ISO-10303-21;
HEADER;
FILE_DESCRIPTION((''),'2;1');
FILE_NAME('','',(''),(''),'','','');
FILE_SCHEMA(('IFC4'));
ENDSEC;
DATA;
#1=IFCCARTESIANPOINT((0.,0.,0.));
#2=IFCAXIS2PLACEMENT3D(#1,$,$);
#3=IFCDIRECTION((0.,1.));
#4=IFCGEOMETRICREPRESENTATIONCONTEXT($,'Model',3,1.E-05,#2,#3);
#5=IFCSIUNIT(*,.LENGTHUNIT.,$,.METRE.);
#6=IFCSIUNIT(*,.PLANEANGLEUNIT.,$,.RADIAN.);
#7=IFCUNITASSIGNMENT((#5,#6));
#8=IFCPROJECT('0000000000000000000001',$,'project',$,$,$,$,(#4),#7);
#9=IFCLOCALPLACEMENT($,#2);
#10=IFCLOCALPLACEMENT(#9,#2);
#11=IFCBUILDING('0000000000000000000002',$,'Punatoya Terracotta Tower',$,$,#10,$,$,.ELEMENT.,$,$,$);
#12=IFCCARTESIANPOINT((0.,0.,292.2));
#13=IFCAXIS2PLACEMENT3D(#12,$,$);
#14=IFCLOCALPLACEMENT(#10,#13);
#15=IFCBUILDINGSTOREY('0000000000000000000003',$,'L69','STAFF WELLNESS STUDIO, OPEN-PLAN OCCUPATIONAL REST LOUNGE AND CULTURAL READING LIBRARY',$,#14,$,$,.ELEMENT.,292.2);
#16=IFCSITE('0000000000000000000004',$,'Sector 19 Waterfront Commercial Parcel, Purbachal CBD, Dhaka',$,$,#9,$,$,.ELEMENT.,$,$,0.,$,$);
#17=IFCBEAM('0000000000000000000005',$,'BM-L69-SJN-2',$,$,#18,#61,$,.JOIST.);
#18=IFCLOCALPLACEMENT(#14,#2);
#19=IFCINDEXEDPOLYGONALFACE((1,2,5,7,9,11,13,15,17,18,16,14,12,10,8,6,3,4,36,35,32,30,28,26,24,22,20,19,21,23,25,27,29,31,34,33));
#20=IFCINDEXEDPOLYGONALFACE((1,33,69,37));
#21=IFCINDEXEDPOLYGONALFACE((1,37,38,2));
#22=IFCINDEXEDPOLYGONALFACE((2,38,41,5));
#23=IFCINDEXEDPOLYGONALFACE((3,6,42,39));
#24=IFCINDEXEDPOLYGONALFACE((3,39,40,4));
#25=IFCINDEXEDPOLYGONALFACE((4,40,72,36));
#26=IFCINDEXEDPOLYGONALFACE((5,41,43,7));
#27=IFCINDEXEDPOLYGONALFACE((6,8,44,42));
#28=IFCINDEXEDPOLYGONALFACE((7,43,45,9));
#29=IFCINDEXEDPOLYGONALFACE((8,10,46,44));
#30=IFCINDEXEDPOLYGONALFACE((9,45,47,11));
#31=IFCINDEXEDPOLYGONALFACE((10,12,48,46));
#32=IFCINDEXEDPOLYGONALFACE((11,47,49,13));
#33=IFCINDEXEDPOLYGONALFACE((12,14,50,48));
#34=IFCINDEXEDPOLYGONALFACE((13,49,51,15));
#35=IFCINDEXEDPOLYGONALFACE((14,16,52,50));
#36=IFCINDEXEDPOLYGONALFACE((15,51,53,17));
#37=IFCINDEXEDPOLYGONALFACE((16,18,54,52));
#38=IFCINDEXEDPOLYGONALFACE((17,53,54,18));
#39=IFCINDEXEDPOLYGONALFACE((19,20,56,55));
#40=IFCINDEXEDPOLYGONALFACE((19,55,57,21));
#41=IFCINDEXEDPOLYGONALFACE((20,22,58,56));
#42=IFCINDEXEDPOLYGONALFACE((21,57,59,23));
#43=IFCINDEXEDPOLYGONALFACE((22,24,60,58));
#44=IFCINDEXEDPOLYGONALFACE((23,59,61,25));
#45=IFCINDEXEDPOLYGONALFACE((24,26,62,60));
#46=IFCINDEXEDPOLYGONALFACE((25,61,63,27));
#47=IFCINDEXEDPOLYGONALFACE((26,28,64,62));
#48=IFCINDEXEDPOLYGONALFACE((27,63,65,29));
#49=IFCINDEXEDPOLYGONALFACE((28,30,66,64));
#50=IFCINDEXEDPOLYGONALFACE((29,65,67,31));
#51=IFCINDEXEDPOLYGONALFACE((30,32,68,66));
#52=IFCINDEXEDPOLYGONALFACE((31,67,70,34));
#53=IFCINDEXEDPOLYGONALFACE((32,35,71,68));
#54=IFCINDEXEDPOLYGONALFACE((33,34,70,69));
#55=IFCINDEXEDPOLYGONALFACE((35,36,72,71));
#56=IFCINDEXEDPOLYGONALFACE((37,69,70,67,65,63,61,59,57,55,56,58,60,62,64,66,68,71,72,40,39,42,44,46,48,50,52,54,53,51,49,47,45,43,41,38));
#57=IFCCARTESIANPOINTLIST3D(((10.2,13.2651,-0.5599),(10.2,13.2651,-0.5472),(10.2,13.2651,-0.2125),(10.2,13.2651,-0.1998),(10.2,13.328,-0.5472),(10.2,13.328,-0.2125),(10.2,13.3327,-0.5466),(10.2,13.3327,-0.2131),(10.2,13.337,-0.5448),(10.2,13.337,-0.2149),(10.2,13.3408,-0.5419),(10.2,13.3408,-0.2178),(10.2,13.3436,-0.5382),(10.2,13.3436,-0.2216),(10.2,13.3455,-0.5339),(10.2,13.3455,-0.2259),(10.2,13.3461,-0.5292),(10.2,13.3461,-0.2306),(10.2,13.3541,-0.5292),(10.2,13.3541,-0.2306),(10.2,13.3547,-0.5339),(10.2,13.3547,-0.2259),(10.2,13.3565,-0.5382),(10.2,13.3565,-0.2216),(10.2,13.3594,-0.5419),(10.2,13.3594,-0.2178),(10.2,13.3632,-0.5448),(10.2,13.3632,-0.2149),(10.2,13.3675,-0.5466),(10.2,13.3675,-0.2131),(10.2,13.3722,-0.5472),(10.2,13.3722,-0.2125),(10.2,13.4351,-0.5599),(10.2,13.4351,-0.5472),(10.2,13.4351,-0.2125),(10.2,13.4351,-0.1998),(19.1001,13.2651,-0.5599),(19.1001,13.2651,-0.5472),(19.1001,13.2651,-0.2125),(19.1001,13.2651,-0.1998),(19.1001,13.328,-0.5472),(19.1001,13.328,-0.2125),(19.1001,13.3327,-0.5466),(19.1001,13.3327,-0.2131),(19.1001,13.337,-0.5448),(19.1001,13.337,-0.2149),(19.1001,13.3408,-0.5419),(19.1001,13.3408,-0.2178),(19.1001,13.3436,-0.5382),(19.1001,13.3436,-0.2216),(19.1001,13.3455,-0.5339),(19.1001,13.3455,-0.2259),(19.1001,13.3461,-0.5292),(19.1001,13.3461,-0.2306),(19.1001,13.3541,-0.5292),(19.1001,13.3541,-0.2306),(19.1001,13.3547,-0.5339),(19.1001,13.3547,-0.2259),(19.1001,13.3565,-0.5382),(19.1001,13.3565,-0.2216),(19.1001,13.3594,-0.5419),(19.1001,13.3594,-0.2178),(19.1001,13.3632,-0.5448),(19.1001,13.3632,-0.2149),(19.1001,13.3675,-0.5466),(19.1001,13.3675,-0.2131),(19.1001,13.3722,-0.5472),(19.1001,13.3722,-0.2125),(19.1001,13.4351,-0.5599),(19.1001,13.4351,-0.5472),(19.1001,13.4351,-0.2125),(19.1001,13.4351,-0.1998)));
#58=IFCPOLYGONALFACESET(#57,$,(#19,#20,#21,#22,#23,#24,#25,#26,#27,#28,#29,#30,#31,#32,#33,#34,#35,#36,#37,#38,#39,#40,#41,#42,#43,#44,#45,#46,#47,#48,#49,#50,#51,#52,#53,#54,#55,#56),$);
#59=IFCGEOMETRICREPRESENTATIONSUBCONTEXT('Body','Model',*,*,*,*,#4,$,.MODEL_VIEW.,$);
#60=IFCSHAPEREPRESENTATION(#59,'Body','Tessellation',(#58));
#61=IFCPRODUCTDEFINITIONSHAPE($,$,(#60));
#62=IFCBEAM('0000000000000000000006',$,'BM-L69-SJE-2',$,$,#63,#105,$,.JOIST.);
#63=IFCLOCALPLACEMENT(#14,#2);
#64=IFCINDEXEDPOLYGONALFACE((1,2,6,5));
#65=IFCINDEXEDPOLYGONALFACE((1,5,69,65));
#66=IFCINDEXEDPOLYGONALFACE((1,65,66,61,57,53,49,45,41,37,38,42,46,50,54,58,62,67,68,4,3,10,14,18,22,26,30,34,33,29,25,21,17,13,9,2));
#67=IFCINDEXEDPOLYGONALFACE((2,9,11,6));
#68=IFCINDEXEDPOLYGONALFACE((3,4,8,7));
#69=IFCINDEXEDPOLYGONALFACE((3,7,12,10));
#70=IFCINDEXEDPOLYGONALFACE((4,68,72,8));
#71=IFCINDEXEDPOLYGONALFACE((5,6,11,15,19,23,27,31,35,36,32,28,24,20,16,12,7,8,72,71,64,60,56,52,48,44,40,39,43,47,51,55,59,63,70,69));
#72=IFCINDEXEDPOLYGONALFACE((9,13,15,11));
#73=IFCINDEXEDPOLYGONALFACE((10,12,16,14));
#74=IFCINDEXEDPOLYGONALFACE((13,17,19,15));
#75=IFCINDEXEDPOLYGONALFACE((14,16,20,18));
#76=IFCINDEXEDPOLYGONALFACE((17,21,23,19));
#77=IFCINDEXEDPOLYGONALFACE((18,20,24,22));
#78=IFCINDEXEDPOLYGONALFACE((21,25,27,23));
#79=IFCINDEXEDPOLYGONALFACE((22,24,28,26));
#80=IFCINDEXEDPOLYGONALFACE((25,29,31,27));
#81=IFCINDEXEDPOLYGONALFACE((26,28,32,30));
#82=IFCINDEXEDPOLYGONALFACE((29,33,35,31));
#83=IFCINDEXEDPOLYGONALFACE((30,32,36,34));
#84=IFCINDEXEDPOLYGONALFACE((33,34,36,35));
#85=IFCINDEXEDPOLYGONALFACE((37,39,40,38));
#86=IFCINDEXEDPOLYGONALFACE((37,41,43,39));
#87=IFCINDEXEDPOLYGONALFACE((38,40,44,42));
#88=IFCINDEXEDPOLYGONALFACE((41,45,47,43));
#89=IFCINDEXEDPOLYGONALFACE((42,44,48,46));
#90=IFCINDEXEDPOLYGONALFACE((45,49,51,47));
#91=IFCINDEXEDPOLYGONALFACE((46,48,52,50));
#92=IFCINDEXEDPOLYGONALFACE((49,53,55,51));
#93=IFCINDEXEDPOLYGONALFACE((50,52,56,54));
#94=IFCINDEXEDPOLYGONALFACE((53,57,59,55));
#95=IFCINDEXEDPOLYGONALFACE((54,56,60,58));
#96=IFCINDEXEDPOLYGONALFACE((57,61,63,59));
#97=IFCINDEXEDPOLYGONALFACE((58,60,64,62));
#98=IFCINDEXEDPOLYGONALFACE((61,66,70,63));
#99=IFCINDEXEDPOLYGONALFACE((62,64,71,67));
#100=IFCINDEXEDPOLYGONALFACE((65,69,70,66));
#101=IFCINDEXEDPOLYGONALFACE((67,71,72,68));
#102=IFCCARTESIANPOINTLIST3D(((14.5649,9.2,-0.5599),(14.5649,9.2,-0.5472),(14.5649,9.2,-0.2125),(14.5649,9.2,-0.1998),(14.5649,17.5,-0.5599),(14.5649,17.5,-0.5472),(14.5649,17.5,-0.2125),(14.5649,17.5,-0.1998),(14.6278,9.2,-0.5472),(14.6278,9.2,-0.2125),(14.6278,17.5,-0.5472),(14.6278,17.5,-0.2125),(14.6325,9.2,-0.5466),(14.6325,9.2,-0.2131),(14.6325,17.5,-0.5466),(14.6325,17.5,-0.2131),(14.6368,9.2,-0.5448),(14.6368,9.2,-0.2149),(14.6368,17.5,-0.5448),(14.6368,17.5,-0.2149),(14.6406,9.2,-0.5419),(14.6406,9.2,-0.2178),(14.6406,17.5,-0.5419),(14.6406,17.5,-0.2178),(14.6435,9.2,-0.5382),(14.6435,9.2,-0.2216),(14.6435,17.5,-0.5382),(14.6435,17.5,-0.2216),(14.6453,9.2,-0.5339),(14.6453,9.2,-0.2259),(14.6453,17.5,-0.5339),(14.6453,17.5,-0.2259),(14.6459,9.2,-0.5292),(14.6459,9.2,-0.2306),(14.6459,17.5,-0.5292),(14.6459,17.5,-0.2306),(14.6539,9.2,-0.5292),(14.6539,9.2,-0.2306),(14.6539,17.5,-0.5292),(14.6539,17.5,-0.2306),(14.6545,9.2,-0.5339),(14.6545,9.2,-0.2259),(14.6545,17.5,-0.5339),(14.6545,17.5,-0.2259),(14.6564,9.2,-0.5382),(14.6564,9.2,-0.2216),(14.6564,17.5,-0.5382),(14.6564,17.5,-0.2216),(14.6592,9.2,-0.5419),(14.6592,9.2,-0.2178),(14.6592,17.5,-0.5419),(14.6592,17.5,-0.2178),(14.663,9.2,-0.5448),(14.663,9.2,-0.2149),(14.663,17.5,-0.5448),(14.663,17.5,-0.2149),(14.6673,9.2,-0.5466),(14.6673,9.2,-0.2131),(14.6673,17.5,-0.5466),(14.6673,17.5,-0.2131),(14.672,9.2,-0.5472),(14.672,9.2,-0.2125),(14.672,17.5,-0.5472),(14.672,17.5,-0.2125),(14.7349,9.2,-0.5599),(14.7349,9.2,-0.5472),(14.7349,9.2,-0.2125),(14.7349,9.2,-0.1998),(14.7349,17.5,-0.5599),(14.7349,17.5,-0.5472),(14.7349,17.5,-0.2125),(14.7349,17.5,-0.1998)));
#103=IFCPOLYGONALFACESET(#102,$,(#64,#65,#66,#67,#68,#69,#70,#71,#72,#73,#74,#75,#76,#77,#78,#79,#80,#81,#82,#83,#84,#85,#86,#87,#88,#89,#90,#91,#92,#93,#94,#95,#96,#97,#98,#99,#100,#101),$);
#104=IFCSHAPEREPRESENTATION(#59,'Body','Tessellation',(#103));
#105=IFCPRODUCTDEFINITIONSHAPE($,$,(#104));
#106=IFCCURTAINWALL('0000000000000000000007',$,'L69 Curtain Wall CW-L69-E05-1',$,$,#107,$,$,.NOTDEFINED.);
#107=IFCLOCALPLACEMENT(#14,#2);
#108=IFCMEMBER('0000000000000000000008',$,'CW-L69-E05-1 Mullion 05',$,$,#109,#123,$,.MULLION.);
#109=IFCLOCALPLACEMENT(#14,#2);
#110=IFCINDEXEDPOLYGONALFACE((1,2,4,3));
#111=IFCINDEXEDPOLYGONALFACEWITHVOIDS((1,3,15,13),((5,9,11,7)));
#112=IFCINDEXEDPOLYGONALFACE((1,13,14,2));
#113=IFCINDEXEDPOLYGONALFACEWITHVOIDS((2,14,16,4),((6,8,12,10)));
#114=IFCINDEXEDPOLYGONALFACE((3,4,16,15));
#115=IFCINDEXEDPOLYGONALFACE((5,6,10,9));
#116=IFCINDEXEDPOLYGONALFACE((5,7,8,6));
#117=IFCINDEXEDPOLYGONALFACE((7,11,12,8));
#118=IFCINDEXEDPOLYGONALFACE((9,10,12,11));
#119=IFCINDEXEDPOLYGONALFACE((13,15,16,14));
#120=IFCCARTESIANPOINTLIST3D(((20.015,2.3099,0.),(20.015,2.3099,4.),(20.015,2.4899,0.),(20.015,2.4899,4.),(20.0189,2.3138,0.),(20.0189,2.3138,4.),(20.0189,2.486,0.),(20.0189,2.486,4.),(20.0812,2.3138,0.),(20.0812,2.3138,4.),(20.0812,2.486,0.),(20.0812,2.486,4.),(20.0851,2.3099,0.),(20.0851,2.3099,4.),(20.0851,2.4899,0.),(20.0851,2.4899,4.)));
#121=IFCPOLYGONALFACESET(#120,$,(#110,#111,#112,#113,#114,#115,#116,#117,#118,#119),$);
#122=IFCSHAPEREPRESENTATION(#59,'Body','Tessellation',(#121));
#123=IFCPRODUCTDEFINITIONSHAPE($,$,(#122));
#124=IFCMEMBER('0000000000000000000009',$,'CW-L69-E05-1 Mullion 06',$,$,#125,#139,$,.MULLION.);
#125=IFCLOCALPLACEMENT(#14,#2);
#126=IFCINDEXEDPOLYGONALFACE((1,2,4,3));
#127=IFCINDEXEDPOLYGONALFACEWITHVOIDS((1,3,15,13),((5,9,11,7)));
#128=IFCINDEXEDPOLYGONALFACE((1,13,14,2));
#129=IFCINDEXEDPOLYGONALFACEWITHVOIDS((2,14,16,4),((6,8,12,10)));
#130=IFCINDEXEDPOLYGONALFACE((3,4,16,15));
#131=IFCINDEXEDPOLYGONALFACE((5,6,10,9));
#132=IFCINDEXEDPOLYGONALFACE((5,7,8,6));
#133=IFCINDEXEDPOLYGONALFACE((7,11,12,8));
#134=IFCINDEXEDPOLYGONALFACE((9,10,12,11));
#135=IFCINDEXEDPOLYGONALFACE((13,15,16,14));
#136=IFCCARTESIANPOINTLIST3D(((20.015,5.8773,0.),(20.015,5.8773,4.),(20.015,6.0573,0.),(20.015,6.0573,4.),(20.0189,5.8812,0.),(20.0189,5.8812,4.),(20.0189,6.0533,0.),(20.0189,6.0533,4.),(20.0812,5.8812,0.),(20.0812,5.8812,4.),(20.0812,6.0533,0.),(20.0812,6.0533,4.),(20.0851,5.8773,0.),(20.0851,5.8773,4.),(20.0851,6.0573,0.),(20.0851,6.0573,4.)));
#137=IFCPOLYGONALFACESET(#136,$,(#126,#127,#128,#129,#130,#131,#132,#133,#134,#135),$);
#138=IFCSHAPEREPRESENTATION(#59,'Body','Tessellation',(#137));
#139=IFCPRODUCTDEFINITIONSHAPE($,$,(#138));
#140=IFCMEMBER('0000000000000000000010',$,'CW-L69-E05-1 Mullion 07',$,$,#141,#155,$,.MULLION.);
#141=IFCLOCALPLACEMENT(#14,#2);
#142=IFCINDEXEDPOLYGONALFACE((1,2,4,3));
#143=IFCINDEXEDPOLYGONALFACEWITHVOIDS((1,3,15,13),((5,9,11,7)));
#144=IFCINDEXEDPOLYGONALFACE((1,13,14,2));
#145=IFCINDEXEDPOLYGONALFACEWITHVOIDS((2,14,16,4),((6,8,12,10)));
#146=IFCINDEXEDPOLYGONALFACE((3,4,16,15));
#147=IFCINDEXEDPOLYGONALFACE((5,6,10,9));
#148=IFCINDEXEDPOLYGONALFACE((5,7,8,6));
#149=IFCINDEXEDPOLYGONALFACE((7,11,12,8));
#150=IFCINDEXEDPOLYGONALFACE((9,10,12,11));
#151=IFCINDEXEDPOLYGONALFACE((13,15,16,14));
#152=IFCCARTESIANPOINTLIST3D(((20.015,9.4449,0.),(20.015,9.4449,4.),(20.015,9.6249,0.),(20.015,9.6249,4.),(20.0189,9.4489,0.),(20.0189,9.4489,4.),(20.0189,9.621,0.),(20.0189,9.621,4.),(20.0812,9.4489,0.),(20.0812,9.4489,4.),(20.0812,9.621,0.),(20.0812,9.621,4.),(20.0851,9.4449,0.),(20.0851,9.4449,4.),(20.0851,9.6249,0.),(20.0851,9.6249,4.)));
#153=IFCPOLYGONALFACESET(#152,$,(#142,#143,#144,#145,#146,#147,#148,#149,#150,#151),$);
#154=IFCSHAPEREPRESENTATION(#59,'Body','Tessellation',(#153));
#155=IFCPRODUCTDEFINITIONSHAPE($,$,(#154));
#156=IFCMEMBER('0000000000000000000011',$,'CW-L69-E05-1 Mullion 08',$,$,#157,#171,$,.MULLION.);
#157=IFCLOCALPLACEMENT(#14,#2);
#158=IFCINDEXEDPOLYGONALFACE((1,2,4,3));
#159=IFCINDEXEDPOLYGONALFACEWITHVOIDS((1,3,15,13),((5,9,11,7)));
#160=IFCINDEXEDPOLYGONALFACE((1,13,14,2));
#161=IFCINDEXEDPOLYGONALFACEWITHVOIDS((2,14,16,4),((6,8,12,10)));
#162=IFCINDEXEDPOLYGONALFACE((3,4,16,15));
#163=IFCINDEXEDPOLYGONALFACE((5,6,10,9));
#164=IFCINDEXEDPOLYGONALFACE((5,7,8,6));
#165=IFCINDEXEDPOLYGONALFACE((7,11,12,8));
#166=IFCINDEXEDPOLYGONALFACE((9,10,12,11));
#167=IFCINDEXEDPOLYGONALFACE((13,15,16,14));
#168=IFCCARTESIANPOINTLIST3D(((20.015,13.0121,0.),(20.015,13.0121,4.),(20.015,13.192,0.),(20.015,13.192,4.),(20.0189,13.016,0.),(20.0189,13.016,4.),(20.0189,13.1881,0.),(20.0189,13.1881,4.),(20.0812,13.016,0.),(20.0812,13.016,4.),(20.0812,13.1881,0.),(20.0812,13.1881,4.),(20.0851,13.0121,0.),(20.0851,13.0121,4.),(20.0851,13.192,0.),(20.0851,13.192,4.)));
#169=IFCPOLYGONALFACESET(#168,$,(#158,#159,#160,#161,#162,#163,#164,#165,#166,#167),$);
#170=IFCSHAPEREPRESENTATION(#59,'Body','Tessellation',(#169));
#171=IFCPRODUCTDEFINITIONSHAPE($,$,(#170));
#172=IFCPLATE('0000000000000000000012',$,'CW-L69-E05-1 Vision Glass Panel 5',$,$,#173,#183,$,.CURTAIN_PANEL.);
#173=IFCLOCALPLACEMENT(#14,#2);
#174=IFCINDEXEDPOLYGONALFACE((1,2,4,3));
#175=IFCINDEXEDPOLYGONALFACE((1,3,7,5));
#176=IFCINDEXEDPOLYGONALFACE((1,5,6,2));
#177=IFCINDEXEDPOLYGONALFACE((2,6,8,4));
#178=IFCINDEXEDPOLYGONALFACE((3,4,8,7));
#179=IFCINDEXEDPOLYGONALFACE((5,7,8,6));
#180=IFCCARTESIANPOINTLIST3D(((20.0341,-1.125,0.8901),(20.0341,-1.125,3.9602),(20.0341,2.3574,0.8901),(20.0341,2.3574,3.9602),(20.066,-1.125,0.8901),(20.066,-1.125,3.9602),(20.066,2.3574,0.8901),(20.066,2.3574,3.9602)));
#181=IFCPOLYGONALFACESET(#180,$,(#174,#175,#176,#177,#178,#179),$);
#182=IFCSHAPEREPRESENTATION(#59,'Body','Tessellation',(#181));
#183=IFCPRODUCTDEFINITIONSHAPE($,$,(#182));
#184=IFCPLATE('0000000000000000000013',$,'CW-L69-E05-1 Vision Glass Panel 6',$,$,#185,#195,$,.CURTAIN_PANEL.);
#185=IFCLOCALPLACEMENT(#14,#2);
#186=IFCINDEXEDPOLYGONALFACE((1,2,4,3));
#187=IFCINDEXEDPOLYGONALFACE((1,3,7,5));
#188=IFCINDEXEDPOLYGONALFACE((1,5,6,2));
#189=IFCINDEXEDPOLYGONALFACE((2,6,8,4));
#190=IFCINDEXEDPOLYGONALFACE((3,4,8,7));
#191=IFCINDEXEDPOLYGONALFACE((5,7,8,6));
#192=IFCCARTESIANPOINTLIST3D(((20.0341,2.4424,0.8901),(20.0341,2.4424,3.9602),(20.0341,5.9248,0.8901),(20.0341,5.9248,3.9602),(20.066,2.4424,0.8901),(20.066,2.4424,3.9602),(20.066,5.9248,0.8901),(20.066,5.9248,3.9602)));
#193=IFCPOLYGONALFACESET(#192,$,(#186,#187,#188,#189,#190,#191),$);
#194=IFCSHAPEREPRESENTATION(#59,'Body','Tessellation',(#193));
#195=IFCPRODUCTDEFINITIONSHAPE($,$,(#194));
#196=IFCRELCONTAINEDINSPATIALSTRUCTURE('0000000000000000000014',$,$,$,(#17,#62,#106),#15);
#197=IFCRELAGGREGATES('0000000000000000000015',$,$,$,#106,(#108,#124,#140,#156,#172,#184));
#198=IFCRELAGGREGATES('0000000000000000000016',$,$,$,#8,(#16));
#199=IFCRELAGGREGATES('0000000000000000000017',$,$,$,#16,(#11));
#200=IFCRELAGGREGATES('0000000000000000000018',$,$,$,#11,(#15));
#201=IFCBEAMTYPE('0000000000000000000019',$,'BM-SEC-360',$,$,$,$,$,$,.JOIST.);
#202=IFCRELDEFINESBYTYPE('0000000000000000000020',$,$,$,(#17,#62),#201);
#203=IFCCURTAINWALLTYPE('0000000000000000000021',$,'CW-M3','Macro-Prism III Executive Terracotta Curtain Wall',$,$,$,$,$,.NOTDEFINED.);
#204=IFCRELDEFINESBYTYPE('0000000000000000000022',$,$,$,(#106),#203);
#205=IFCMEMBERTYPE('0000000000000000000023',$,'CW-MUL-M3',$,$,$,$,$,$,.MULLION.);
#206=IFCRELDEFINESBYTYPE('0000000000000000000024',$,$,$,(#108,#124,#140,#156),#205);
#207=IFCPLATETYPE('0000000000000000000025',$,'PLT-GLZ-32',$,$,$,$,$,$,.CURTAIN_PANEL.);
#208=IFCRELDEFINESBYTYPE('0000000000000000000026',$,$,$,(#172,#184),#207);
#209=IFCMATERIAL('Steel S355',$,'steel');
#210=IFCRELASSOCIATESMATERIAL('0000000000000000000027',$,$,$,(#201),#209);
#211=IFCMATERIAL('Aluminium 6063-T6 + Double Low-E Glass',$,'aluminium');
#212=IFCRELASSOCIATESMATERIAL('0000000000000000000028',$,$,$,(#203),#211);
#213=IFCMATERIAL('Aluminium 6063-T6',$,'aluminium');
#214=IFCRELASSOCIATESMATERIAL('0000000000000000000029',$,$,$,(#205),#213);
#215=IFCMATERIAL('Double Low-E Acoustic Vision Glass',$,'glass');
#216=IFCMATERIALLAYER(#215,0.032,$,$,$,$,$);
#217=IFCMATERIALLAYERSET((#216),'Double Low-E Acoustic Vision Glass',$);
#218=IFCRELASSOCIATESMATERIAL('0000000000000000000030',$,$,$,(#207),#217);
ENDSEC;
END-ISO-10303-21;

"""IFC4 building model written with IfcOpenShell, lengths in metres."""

from ifc_helpers import new_model, si_unit, direction, frame, origin, origin_2d, place, context, subcontext, project, spatial, rectangle, hollow_rectangle, i_section, extrude, material, layer, layer_set, material_profile, profile_set, type_object, element, aggregate, save


model = new_model("IFC4")

# Units and contexts
model_context = context("Model", 3, precision=1e-05, world=origin(), true_north=direction((0.0, 1.0)))
body_context = subcontext(model_context, "Body", "Model", "MODEL_VIEW")
ifc_project = project(units=[si_unit("LENGTHUNIT", "METRE"), si_unit("PLANEANGLEUNIT", "RADIAN")], contexts=[model_context])

# Site, building, storey
site_placement = place(None, origin())
site = spatial("IfcSite", under=ifc_project, at=site_placement, Name="Sector 19 Waterfront Commercial Parcel, Purbachal CBD, Dhaka", CompositionType="ELEMENT", RefElevation=0.0)
building_placement = place(site_placement, origin())
building = spatial("IfcBuilding", under=site, at=building_placement, Name="Punatoya Terracotta Tower", CompositionType="ELEMENT")
storey_placement = place(building_placement, frame((0.0, 0.0, 292.2)))
storey = spatial("IfcBuildingStorey", under=building, at=storey_placement, Name="L69", Description="STAFF WELLNESS STUDIO, OPEN-PLAN OCCUPATIONAL REST LOUNGE AND CULTURAL READING LIBRARY", CompositionType="ELEMENT", Elevation=292.2)

# Beams
ifc_material_1 = material(Name="Steel S355", Category="steel")
ifc_material_profile_1 = material_profile(ifc_material_1, i_section(OverallWidth=0.1699, OverallDepth=0.3601, WebThickness=0.0081, FlangeThickness=0.0127, FilletRadius=0.0181, at=origin_2d()))
ifc_profile_set_1 = profile_set([ifc_material_profile_1], Name="Steel S355")
beam_type_1 = type_object("IfcBeamType", Name="BM-SEC-360", PredefinedType="JOIST", material=ifc_profile_set_1)
beam_1_placement = place(storey_placement, frame((10.2, 13.3501, -0.3799), z_axis=(1.0, 0.0, 0.0), x_axis=(0.0, 1.0, 0.0)))
element("IfcBeam", 1, at=beam_1_placement, inside=storey, type_object=beam_type_1, Name="BM-L69-SJN-2", PredefinedType="JOIST", context=body_context, shape_type="SweptSolid", body=[
    extrude(i_section(OverallWidth=0.1699, OverallDepth=0.3601, WebThickness=0.0081, FlangeThickness=0.0127, FilletRadius=0.0181, at=origin_2d()), origin(), (0.0, 0.0, 1.0), 8.9001),
])
beam_2_placement = place(storey_placement, frame((14.6499, 9.2, -0.3799), z_axis=(0.0, 1.0, 0.0), x_axis=(-1.0, 0.0, 0.0)))
element("IfcBeam", 2, at=beam_2_placement, inside=storey, type_object=beam_type_1, Name="BM-L69-SJE-2", PredefinedType="JOIST", context=body_context, shape_type="SweptSolid", body=[
    extrude(i_section(OverallWidth=0.1699, OverallDepth=0.3601, WebThickness=0.0081, FlangeThickness=0.0127, FilletRadius=0.0181, at=origin_2d()), origin(), (0.0, 0.0, 1.0), 8.3),
])

# Curtain wall, members, plates
ifc_material_2 = material(Name="Aluminium 6063-T6 + Double Low-E Glass", Category="aluminium")
curtain_wall_type = type_object("IfcCurtainWallType", Name="CW-M3", Description="Macro-Prism III Executive Terracotta Curtain Wall", PredefinedType="NOTDEFINED", material=ifc_material_2)
curtain_wall_placement = place(storey_placement, origin())
curtain_wall = element("IfcCurtainWall", 3, at=curtain_wall_placement, inside=storey, type_object=curtain_wall_type, Name="L69 Curtain Wall CW-L69-E05-1", PredefinedType="NOTDEFINED")
ifc_material_3 = material(Name="Aluminium 6063-T6", Category="aluminium")
ifc_material_profile_2 = material_profile(ifc_material_3, hollow_rectangle(XDim=0.0701, YDim=0.1799, WallThickness=0.0039, at=origin_2d()))
ifc_profile_set_2 = profile_set([ifc_material_profile_2], Name="Aluminium 6063-T6")
member_type = type_object("IfcMemberType", Name="CW-MUL-M3", PredefinedType="MULLION", material=ifc_profile_set_2)
member_1_placement = place(storey_placement, frame((20.05, 2.3999, 0.0), z_axis=(0.0, 0.0, 1.0), x_axis=(1.0, 0.0, 0.0)))
member_1 = element("IfcMember", 4, at=member_1_placement, type_object=member_type, Name="CW-L69-E05-1 Mullion 05", PredefinedType="MULLION", context=body_context, shape_type="SweptSolid", body=[
    extrude(hollow_rectangle(XDim=0.0701, YDim=0.1799, WallThickness=0.0039, at=origin_2d()), origin(), (0.0, 0.0, 1.0), 4.0),
])
member_2_placement = place(storey_placement, frame((20.05, 5.9673, 0.0), z_axis=(0.0, 0.0, 1.0), x_axis=(1.0, 0.0, 0.0)))
member_2 = element("IfcMember", 5, at=member_2_placement, type_object=member_type, Name="CW-L69-E05-1 Mullion 06", PredefinedType="MULLION", context=body_context, shape_type="SweptSolid", body=[
    extrude(hollow_rectangle(XDim=0.0701, YDim=0.1799, WallThickness=0.0039, at=origin_2d()), origin(), (0.0, 0.0, 1.0), 4.0),
])
member_3_placement = place(storey_placement, frame((20.05, 9.5349, 0.0), z_axis=(0.0, 0.0, 1.0), x_axis=(1.0, 0.0, 0.0)))
member_3 = element("IfcMember", 6, at=member_3_placement, type_object=member_type, Name="CW-L69-E05-1 Mullion 07", PredefinedType="MULLION", context=body_context, shape_type="SweptSolid", body=[
    extrude(hollow_rectangle(XDim=0.0701, YDim=0.1799, WallThickness=0.0039, at=origin_2d()), origin(), (0.0, 0.0, 1.0), 4.0),
])
member_4_placement = place(storey_placement, frame((20.05, 13.1021, 0.0), z_axis=(0.0, 0.0, 1.0), x_axis=(1.0, 0.0, 0.0)))
member_4 = element("IfcMember", 7, at=member_4_placement, type_object=member_type, Name="CW-L69-E05-1 Mullion 08", PredefinedType="MULLION", context=body_context, shape_type="SweptSolid", body=[
    extrude(hollow_rectangle(XDim=0.0701, YDim=0.1799, WallThickness=0.0039, at=origin_2d()), origin(), (0.0, 0.0, 1.0), 4.0),
])
ifc_material_4 = material(Name="Double Low-E Acoustic Vision Glass", Category="glass")
ifc_layer_1 = layer(ifc_material_4, 0.032)
ifc_layer_set_1 = layer_set([ifc_layer_1], Name="Double Low-E Acoustic Vision Glass")
plate_type_1 = type_object("IfcPlateType", Name="PLT-GLZ-32", PredefinedType="CURTAIN_PANEL", material=ifc_layer_set_1)
plate_1_placement = place(storey_placement, frame((20.05, 0.6162, 0.8901), z_axis=(0.0, 0.0, 1.0), x_axis=(0.0, 1.0, 0.0)))
plate_1 = element("IfcPlate", 8, at=plate_1_placement, type_object=plate_type_1, Name="CW-L69-E05-1 Vision Glass Panel 5", PredefinedType="CURTAIN_PANEL", context=body_context, shape_type="SweptSolid", body=[
    extrude(rectangle(XDim=3.4824, YDim=0.032, at=origin_2d()), origin(), (0.0, 0.0, 1.0), 3.0701),
])
plate_2_placement = place(storey_placement, frame((20.05, 4.1836, 0.8901), z_axis=(0.0, 0.0, 1.0), x_axis=(0.0, 1.0, 0.0)))
plate_2 = element("IfcPlate", 9, at=plate_2_placement, type_object=plate_type_1, Name="CW-L69-E05-1 Vision Glass Panel 6", PredefinedType="CURTAIN_PANEL", context=body_context, shape_type="SweptSolid", body=[
    extrude(rectangle(XDim=3.4824, YDim=0.032, at=origin_2d()), origin(), (0.0, 0.0, 1.0), 3.0701),
])
aggregate(curtain_wall, [member_1, member_2, member_3, member_4, plate_1, plate_2])

save(model, "model.ifc")
